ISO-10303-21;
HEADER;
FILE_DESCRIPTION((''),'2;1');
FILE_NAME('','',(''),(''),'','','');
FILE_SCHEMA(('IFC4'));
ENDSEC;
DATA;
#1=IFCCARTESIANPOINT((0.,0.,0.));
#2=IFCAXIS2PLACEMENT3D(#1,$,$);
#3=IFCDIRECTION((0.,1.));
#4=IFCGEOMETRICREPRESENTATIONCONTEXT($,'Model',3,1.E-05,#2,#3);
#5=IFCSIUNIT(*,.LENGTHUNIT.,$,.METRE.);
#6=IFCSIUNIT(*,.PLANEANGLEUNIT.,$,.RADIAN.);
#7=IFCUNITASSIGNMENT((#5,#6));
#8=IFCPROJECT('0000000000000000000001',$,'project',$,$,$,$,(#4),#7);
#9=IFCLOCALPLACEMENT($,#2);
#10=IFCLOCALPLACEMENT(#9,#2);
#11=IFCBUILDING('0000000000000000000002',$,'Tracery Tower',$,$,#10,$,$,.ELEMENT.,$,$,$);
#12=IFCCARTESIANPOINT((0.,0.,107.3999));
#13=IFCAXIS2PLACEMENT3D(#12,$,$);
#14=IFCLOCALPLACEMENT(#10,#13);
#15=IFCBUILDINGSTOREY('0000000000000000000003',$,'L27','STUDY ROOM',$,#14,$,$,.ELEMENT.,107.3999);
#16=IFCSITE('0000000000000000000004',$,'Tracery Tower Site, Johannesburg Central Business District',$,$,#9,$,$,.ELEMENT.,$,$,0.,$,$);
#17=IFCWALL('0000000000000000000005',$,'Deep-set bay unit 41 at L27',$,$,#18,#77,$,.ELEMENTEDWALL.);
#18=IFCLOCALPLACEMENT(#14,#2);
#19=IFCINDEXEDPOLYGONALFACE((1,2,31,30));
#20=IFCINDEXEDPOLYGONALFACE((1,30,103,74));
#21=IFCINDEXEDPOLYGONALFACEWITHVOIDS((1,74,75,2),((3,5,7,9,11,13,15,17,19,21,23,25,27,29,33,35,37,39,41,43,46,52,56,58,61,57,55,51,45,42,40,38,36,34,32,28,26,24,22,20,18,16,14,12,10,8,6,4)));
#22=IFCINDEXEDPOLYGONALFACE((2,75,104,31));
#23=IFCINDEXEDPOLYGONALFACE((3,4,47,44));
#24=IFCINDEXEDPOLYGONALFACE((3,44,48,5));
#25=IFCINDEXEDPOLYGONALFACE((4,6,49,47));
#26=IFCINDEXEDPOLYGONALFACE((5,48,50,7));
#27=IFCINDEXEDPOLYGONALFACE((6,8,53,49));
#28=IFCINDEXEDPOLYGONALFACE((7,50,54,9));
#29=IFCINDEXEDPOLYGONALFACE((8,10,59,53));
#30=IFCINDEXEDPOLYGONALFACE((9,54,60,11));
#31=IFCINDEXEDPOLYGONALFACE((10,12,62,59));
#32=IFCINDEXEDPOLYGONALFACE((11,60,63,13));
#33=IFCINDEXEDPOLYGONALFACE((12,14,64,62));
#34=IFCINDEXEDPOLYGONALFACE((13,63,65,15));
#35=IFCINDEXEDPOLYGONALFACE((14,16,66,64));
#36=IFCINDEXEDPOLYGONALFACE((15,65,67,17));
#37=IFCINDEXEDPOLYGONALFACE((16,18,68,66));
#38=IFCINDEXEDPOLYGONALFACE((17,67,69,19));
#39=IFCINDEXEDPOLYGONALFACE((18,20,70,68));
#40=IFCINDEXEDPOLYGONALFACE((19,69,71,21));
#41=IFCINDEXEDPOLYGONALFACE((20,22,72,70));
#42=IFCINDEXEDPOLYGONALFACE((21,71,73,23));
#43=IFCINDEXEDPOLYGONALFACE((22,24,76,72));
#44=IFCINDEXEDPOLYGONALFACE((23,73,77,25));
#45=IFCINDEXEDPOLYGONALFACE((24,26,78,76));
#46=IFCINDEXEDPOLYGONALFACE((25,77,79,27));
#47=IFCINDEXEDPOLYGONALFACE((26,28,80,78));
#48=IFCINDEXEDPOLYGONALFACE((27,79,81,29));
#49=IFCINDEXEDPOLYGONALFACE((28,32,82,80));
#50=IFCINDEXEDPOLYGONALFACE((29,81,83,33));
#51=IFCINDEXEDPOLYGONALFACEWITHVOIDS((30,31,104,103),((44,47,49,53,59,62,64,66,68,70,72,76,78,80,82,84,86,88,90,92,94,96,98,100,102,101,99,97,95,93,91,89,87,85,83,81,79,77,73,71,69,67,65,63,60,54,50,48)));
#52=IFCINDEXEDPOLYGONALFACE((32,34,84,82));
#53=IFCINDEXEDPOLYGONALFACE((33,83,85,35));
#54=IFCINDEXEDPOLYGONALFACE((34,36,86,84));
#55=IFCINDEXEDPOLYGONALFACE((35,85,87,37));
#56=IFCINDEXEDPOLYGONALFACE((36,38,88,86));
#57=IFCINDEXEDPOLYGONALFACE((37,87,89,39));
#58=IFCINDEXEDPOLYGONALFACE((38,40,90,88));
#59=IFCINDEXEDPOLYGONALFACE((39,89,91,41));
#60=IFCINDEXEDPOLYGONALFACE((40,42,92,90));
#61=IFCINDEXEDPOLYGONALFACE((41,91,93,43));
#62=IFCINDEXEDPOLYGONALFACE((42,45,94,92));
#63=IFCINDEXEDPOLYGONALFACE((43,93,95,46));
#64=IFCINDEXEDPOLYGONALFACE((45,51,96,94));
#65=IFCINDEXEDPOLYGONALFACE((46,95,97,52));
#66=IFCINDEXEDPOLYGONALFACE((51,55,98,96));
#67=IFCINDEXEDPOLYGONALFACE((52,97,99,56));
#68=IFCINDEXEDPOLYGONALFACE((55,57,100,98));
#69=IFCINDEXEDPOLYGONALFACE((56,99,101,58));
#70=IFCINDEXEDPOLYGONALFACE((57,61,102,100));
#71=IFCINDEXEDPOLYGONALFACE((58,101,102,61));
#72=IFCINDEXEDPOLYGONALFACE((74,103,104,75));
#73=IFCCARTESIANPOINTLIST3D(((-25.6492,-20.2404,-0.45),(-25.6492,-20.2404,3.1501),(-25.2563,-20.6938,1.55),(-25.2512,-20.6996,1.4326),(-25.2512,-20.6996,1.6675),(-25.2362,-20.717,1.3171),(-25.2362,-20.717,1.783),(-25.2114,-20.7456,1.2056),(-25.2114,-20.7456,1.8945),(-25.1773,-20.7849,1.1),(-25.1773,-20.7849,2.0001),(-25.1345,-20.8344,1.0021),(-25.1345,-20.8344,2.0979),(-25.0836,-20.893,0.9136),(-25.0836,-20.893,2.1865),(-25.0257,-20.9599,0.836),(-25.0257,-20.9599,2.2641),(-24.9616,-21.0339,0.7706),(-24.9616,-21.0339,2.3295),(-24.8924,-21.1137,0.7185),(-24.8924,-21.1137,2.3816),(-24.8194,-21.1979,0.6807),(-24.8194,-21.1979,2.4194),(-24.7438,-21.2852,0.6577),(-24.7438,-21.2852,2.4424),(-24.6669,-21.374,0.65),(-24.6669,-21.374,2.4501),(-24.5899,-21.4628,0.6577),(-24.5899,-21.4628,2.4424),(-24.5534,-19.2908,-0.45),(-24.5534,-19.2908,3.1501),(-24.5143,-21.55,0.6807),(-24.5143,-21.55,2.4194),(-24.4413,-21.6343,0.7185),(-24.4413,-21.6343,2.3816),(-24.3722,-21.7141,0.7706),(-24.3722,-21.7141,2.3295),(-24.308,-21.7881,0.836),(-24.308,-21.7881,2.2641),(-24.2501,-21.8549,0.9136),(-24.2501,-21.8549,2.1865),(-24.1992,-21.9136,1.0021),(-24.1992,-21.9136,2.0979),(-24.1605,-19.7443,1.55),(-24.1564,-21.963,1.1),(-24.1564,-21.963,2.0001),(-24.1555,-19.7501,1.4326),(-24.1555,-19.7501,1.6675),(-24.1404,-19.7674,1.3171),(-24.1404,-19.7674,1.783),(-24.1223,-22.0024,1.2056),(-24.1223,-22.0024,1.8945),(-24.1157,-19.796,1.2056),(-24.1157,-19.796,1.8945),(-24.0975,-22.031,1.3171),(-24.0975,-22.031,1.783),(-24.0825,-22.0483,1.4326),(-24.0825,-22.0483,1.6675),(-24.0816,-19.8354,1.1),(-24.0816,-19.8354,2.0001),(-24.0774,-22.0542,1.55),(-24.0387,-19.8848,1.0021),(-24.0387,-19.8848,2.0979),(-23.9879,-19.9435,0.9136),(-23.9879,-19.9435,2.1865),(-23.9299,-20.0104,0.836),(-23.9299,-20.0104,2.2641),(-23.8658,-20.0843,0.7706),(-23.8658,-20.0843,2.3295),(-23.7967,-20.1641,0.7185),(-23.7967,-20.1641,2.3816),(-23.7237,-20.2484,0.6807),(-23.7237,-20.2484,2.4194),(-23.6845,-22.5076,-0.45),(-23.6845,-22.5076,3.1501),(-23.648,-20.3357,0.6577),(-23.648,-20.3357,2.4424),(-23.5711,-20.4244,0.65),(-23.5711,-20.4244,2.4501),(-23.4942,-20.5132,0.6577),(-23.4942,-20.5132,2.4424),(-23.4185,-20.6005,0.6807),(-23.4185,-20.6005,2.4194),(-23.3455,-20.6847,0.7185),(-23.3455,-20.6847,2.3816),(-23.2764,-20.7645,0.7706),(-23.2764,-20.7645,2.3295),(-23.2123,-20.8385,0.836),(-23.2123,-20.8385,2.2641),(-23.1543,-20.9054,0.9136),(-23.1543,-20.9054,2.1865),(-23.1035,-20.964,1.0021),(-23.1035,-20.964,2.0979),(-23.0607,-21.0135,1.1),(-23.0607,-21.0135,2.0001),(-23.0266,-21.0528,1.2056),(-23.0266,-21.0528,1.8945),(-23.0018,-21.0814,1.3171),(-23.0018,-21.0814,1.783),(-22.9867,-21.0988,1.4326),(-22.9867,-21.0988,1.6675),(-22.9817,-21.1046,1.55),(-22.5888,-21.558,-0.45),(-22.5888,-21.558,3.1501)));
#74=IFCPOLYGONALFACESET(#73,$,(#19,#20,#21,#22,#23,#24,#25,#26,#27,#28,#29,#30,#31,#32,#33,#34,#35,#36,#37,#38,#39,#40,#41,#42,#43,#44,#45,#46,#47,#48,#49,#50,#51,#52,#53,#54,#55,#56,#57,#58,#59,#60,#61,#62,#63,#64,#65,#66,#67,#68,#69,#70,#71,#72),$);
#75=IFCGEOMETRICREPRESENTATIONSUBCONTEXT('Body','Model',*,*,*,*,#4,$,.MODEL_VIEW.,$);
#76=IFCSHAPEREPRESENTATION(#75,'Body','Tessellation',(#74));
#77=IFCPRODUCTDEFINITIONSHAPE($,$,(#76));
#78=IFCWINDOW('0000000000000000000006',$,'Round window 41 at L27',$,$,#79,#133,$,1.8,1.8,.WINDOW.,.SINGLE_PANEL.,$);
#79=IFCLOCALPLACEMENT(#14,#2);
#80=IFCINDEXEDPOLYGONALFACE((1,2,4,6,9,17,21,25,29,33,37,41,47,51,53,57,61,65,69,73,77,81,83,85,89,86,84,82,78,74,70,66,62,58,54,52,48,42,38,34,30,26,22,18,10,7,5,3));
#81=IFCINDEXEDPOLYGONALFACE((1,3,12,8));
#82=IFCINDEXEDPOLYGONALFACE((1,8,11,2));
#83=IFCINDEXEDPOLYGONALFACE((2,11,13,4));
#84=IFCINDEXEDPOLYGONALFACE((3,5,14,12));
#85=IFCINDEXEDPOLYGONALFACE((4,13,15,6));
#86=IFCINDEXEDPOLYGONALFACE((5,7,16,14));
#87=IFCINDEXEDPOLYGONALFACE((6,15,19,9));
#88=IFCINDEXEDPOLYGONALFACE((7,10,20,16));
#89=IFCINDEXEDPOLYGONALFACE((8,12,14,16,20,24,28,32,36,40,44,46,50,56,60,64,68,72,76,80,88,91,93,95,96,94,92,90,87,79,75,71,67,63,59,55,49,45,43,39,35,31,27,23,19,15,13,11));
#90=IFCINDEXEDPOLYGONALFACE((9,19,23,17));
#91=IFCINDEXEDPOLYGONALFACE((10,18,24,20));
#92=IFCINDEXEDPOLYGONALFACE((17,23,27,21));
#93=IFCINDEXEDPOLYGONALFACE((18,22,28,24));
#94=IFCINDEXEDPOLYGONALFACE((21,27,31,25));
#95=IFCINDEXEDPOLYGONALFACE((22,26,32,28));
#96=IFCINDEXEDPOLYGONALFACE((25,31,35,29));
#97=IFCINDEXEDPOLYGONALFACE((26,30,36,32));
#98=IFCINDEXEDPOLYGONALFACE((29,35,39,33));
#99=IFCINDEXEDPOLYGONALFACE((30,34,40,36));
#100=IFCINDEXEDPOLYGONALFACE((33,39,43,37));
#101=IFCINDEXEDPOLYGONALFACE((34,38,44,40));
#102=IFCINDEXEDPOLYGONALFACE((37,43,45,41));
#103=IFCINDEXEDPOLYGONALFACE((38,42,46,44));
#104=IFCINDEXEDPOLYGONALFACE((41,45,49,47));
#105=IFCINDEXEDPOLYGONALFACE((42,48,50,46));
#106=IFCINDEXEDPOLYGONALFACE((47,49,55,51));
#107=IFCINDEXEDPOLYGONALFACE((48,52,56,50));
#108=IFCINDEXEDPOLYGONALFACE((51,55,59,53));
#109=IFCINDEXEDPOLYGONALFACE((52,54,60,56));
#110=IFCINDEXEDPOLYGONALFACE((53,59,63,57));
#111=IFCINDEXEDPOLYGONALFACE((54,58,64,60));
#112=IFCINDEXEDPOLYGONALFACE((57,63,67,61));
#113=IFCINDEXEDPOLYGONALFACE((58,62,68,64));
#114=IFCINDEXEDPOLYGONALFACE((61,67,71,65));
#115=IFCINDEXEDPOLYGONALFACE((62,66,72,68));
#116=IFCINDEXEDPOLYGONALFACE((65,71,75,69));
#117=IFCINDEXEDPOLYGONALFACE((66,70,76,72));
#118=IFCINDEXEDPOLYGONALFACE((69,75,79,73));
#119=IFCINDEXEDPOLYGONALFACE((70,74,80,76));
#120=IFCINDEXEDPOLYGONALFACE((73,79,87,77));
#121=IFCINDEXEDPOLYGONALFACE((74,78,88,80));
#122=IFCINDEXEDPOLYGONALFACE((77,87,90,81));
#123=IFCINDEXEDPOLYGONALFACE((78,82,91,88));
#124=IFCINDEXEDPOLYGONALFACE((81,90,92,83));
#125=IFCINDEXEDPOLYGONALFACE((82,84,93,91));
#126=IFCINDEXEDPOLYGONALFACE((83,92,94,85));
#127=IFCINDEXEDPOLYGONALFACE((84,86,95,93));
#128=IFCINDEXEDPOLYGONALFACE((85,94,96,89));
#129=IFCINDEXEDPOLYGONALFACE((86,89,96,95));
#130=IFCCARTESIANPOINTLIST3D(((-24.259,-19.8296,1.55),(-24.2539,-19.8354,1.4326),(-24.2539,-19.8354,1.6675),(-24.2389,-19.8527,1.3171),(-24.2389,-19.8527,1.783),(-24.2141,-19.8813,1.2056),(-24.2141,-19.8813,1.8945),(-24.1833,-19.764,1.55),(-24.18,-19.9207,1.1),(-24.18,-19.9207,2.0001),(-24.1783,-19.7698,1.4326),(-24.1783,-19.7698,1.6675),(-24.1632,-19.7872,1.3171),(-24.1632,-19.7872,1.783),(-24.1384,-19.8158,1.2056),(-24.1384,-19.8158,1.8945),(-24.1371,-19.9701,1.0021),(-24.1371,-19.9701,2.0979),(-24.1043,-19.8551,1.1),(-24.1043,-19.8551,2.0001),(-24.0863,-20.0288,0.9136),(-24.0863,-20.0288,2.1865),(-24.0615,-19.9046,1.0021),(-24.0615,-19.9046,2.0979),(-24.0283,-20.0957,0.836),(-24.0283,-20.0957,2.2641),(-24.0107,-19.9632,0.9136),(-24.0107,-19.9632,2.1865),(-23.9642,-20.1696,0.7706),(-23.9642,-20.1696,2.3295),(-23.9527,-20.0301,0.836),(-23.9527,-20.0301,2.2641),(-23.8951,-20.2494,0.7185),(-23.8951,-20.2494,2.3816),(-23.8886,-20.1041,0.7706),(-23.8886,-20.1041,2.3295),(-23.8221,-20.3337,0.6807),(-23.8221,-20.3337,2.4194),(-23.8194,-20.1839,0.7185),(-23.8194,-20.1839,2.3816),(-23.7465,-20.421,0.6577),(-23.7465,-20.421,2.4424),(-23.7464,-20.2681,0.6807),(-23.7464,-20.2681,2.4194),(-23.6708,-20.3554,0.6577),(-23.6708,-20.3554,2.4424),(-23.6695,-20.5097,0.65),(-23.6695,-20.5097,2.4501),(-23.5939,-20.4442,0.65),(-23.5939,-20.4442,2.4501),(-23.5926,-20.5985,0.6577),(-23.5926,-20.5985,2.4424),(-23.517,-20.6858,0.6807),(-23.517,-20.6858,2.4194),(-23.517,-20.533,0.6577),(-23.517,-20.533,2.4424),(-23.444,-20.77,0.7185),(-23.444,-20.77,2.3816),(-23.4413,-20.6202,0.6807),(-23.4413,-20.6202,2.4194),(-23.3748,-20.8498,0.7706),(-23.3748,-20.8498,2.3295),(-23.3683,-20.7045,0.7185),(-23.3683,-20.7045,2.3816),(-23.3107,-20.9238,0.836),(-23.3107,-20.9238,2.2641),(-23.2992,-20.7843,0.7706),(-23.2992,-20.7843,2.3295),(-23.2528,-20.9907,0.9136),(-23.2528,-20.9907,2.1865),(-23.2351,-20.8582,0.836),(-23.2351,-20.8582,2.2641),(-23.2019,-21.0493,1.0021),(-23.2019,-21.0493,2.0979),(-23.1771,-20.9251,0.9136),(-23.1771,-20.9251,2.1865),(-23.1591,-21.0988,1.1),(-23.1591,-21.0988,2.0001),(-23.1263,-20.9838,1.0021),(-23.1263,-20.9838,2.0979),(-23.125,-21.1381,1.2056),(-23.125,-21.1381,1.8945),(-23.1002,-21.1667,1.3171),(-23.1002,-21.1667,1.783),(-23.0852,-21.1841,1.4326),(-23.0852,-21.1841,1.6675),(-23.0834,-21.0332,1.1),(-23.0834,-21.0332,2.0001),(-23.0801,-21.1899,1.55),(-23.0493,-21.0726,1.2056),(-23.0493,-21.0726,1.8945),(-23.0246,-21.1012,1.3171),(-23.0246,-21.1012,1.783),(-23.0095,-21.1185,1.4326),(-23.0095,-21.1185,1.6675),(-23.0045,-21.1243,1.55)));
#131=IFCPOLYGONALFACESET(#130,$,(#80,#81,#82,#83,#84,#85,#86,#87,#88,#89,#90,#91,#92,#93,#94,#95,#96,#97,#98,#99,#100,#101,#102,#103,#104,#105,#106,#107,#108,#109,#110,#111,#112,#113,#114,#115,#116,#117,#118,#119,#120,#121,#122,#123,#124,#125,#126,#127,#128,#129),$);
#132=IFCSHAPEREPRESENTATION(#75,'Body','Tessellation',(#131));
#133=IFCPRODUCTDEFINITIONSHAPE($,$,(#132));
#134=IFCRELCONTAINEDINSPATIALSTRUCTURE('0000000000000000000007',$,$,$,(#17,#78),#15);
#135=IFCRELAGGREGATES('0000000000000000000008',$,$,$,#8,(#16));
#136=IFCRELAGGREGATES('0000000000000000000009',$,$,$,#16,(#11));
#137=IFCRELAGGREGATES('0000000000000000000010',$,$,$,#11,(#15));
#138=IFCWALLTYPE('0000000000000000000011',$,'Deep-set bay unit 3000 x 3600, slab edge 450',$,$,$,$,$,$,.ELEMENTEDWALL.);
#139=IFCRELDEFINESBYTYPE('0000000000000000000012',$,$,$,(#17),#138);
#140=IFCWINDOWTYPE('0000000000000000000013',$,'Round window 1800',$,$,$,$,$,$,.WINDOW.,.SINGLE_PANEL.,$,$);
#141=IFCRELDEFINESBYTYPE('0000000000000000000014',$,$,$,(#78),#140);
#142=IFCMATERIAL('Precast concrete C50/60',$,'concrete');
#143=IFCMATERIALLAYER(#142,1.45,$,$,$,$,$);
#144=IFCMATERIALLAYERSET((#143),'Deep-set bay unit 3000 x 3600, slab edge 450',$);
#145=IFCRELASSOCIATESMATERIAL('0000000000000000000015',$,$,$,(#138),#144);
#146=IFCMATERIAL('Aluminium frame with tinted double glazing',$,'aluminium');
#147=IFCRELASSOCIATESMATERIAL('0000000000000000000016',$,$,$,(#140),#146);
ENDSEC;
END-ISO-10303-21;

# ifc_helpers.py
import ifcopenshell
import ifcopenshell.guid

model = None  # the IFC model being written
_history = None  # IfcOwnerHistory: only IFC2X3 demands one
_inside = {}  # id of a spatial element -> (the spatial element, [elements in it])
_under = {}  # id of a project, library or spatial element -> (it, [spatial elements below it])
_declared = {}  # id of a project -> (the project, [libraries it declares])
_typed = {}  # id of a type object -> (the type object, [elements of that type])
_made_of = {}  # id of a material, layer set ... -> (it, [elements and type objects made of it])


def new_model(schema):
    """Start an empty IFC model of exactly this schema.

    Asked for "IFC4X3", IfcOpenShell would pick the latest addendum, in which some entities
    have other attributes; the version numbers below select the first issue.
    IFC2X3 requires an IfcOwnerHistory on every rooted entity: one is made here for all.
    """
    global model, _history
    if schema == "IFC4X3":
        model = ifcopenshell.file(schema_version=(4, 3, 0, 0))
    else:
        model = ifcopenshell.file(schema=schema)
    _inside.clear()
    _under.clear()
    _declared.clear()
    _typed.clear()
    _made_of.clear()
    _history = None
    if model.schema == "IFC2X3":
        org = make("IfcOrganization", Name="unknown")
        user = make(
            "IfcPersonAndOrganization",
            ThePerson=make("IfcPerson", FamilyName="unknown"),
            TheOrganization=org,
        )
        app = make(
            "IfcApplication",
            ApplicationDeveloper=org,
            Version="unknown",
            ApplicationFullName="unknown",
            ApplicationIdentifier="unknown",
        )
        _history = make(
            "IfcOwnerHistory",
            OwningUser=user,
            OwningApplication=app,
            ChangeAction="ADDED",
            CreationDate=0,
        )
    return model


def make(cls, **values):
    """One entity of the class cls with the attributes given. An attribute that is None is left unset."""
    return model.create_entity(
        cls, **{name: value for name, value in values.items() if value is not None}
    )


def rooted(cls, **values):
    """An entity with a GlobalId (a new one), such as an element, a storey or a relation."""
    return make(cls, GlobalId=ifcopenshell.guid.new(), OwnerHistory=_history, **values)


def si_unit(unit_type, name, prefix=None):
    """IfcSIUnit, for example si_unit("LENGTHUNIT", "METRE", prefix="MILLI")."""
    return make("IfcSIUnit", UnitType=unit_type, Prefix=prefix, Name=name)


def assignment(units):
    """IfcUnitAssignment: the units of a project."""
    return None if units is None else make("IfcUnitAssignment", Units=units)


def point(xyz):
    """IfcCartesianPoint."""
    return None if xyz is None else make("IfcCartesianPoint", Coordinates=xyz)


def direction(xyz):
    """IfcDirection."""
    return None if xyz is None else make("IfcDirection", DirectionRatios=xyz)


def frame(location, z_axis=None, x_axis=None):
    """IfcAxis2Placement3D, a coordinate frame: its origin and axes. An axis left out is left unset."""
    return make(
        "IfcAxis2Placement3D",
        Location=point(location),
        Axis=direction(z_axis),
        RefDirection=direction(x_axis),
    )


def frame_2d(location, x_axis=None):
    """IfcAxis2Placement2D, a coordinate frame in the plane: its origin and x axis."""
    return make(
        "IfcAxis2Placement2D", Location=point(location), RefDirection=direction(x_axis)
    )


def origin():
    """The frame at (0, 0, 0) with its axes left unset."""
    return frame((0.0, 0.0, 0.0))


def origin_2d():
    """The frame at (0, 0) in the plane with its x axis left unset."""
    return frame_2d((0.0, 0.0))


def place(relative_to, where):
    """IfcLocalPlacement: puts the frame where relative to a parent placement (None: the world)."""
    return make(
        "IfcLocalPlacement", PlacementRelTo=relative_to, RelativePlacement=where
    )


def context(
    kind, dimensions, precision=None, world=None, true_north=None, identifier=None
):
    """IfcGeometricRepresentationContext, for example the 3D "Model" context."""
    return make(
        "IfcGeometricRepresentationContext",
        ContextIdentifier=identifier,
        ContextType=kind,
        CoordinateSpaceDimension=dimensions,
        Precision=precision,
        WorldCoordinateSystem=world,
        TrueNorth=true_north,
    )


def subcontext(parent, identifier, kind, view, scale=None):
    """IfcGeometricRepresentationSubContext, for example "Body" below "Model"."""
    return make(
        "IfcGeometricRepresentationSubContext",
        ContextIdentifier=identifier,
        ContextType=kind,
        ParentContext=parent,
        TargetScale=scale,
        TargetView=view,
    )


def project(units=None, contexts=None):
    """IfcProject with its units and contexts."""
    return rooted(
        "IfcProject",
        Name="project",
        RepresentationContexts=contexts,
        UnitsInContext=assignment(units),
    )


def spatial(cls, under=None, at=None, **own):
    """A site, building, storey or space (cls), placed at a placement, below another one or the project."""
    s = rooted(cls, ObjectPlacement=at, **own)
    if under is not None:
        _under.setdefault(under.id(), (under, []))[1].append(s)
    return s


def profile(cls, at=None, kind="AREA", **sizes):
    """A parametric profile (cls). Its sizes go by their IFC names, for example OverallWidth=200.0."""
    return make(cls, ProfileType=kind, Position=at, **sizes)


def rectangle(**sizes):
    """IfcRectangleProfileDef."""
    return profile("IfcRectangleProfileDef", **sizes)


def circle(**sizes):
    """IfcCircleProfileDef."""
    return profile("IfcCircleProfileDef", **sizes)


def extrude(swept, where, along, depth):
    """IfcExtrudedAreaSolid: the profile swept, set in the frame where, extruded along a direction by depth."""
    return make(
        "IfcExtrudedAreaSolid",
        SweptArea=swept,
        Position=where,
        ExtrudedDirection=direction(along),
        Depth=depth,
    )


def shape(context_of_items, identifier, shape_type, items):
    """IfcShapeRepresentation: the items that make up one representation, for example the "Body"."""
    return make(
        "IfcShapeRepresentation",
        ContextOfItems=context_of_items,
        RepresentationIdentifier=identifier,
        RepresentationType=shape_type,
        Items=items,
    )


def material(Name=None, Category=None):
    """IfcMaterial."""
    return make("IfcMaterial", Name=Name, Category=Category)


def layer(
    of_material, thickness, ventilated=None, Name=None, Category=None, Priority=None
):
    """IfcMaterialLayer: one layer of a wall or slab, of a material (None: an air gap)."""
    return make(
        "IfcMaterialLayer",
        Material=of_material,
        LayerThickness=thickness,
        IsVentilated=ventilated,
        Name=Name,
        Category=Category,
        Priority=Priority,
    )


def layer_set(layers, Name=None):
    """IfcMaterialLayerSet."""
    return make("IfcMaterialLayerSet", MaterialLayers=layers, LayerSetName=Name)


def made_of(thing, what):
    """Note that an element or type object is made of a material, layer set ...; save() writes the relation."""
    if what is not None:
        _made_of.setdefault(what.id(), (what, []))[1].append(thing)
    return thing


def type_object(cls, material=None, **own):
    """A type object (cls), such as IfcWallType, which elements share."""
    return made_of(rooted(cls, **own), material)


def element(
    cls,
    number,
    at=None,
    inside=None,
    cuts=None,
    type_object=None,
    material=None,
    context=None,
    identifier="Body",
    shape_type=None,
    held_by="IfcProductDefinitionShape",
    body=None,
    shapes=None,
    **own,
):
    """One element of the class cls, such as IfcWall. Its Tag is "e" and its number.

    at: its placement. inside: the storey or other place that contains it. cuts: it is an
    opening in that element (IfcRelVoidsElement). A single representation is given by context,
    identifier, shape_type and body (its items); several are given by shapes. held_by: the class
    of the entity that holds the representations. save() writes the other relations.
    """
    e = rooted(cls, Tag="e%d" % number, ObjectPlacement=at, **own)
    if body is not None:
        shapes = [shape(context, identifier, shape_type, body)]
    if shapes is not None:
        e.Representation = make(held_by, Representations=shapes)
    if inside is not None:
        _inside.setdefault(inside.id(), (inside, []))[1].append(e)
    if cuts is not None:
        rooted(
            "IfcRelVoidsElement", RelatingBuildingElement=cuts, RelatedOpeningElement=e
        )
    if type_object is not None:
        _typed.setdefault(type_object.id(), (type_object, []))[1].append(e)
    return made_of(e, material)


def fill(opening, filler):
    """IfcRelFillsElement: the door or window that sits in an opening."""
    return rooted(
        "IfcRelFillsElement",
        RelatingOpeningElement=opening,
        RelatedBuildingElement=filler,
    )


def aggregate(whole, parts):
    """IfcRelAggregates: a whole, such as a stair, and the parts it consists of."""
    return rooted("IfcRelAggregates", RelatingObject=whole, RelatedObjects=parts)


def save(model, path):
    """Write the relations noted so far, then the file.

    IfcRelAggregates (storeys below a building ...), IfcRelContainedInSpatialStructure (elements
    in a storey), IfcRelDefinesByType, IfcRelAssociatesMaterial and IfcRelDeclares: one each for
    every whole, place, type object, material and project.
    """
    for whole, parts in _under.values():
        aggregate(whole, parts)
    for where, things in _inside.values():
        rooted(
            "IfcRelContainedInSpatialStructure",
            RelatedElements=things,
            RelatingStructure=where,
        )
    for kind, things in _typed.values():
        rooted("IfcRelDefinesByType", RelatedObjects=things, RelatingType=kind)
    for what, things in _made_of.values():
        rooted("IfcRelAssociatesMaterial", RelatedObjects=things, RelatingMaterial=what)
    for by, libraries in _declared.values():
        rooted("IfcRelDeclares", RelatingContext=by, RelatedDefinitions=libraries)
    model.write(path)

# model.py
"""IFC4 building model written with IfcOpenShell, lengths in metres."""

from ifc_helpers import new_model, si_unit, direction, frame, frame_2d, origin, origin_2d, place, context, subcontext, project, spatial, rectangle, circle, extrude, material, layer, layer_set, type_object, element, fill, save


model = new_model("IFC4")

# Units and contexts
model_context = context("Model", 3, precision=1e-05, world=origin(), true_north=direction((0.0, 1.0)))
body_context = subcontext(model_context, "Body", "Model", "MODEL_VIEW")
ifc_project = project(units=[si_unit("LENGTHUNIT", "METRE"), si_unit("PLANEANGLEUNIT", "RADIAN")], contexts=[model_context])

# Site, building, storey
site_placement = place(None, origin())
site = spatial("IfcSite", under=ifc_project, at=site_placement, Name="Tracery Tower Site, Johannesburg Central Business District", CompositionType="ELEMENT", RefElevation=0.0)
building_placement = place(site_placement, origin())
building = spatial("IfcBuilding", under=site, at=building_placement, Name="Tracery Tower", CompositionType="ELEMENT")
storey_placement = place(building_placement, frame((0.0, 0.0, 107.3999)))
storey = spatial("IfcBuildingStorey", under=building, at=storey_placement, Name="L27", Description="STUDY ROOM", CompositionType="ELEMENT", Elevation=107.3999)

# Wall, opening, window
ifc_material_1 = material(Name="Precast concrete C50/60", Category="concrete")
ifc_layer_1 = layer(ifc_material_1, 1.45)
ifc_layer_set_1 = layer_set([ifc_layer_1], Name="Deep-set bay unit 3000 x 3600, slab edge 450")
wall_type_1 = type_object("IfcWallType", Name="Deep-set bay unit 3000 x 3600, slab edge 450", PredefinedType="ELEMENTEDWALL", material=ifc_layer_set_1)
wall_1_placement = place(storey_placement, frame((-25.1013, -19.7656, -0.45), z_axis=(0.0, 0.0, 1.0), x_axis=(0.65489, -0.755724, 0.0)))
wall_1 = element("IfcWall", 1, at=wall_1_placement, inside=storey, type_object=wall_type_1, Name="Deep-set bay unit 41 at L27", PredefinedType="ELEMENTEDWALL", context=body_context, shape_type="SweptSolid", body=[
    extrude(rectangle(XDim=3.0, YDim=1.45, at=frame_2d((1.5, 0.0))), origin(), (0.0, 0.0, 1.0), 3.6001),
])
opening_1_placement = place(wall_1_placement, frame((1.5, 0.0, 2.0)))
opening_1 = element("IfcOpeningElement", 2, at=opening_1_placement, cuts=wall_1, PredefinedType="OPENING", context=body_context, shape_type="SweptSolid", body=[
    extrude(circle(Radius=0.9, at=origin_2d()), frame((0.0, 0.7349, 0.0), z_axis=(0.0, -1.0, 0.0), x_axis=(1.0, 0.0, 0.0)), (0.0, 0.0, 1.0), 1.47),
])
ifc_material_2 = material(Name="Aluminium frame with tinted double glazing", Category="aluminium")
window_type = type_object("IfcWindowType", Name="Round window 1800", PartitioningType="SINGLE_PANEL", PredefinedType="WINDOW", material=ifc_material_2)
window_1_placement = place(opening_1_placement, origin())
window_1 = element("IfcWindow", 3, at=window_1_placement, inside=storey, type_object=window_type, Name="Round window 41 at L27", OverallHeight=1.8, OverallWidth=1.8, PartitioningType="SINGLE_PANEL", PredefinedType="WINDOW", context=body_context, shape_type="SweptSolid", body=[
    extrude(circle(Radius=0.9, at=origin_2d()), frame((0.0, 0.6948, 0.0), z_axis=(0.0, -1.0, 0.0), x_axis=(1.0, 0.0, 0.0)), (0.0, 0.0, 1.0), 0.1001),
])
fill(opening_1, window_1)

save(model, "model.ifc")
